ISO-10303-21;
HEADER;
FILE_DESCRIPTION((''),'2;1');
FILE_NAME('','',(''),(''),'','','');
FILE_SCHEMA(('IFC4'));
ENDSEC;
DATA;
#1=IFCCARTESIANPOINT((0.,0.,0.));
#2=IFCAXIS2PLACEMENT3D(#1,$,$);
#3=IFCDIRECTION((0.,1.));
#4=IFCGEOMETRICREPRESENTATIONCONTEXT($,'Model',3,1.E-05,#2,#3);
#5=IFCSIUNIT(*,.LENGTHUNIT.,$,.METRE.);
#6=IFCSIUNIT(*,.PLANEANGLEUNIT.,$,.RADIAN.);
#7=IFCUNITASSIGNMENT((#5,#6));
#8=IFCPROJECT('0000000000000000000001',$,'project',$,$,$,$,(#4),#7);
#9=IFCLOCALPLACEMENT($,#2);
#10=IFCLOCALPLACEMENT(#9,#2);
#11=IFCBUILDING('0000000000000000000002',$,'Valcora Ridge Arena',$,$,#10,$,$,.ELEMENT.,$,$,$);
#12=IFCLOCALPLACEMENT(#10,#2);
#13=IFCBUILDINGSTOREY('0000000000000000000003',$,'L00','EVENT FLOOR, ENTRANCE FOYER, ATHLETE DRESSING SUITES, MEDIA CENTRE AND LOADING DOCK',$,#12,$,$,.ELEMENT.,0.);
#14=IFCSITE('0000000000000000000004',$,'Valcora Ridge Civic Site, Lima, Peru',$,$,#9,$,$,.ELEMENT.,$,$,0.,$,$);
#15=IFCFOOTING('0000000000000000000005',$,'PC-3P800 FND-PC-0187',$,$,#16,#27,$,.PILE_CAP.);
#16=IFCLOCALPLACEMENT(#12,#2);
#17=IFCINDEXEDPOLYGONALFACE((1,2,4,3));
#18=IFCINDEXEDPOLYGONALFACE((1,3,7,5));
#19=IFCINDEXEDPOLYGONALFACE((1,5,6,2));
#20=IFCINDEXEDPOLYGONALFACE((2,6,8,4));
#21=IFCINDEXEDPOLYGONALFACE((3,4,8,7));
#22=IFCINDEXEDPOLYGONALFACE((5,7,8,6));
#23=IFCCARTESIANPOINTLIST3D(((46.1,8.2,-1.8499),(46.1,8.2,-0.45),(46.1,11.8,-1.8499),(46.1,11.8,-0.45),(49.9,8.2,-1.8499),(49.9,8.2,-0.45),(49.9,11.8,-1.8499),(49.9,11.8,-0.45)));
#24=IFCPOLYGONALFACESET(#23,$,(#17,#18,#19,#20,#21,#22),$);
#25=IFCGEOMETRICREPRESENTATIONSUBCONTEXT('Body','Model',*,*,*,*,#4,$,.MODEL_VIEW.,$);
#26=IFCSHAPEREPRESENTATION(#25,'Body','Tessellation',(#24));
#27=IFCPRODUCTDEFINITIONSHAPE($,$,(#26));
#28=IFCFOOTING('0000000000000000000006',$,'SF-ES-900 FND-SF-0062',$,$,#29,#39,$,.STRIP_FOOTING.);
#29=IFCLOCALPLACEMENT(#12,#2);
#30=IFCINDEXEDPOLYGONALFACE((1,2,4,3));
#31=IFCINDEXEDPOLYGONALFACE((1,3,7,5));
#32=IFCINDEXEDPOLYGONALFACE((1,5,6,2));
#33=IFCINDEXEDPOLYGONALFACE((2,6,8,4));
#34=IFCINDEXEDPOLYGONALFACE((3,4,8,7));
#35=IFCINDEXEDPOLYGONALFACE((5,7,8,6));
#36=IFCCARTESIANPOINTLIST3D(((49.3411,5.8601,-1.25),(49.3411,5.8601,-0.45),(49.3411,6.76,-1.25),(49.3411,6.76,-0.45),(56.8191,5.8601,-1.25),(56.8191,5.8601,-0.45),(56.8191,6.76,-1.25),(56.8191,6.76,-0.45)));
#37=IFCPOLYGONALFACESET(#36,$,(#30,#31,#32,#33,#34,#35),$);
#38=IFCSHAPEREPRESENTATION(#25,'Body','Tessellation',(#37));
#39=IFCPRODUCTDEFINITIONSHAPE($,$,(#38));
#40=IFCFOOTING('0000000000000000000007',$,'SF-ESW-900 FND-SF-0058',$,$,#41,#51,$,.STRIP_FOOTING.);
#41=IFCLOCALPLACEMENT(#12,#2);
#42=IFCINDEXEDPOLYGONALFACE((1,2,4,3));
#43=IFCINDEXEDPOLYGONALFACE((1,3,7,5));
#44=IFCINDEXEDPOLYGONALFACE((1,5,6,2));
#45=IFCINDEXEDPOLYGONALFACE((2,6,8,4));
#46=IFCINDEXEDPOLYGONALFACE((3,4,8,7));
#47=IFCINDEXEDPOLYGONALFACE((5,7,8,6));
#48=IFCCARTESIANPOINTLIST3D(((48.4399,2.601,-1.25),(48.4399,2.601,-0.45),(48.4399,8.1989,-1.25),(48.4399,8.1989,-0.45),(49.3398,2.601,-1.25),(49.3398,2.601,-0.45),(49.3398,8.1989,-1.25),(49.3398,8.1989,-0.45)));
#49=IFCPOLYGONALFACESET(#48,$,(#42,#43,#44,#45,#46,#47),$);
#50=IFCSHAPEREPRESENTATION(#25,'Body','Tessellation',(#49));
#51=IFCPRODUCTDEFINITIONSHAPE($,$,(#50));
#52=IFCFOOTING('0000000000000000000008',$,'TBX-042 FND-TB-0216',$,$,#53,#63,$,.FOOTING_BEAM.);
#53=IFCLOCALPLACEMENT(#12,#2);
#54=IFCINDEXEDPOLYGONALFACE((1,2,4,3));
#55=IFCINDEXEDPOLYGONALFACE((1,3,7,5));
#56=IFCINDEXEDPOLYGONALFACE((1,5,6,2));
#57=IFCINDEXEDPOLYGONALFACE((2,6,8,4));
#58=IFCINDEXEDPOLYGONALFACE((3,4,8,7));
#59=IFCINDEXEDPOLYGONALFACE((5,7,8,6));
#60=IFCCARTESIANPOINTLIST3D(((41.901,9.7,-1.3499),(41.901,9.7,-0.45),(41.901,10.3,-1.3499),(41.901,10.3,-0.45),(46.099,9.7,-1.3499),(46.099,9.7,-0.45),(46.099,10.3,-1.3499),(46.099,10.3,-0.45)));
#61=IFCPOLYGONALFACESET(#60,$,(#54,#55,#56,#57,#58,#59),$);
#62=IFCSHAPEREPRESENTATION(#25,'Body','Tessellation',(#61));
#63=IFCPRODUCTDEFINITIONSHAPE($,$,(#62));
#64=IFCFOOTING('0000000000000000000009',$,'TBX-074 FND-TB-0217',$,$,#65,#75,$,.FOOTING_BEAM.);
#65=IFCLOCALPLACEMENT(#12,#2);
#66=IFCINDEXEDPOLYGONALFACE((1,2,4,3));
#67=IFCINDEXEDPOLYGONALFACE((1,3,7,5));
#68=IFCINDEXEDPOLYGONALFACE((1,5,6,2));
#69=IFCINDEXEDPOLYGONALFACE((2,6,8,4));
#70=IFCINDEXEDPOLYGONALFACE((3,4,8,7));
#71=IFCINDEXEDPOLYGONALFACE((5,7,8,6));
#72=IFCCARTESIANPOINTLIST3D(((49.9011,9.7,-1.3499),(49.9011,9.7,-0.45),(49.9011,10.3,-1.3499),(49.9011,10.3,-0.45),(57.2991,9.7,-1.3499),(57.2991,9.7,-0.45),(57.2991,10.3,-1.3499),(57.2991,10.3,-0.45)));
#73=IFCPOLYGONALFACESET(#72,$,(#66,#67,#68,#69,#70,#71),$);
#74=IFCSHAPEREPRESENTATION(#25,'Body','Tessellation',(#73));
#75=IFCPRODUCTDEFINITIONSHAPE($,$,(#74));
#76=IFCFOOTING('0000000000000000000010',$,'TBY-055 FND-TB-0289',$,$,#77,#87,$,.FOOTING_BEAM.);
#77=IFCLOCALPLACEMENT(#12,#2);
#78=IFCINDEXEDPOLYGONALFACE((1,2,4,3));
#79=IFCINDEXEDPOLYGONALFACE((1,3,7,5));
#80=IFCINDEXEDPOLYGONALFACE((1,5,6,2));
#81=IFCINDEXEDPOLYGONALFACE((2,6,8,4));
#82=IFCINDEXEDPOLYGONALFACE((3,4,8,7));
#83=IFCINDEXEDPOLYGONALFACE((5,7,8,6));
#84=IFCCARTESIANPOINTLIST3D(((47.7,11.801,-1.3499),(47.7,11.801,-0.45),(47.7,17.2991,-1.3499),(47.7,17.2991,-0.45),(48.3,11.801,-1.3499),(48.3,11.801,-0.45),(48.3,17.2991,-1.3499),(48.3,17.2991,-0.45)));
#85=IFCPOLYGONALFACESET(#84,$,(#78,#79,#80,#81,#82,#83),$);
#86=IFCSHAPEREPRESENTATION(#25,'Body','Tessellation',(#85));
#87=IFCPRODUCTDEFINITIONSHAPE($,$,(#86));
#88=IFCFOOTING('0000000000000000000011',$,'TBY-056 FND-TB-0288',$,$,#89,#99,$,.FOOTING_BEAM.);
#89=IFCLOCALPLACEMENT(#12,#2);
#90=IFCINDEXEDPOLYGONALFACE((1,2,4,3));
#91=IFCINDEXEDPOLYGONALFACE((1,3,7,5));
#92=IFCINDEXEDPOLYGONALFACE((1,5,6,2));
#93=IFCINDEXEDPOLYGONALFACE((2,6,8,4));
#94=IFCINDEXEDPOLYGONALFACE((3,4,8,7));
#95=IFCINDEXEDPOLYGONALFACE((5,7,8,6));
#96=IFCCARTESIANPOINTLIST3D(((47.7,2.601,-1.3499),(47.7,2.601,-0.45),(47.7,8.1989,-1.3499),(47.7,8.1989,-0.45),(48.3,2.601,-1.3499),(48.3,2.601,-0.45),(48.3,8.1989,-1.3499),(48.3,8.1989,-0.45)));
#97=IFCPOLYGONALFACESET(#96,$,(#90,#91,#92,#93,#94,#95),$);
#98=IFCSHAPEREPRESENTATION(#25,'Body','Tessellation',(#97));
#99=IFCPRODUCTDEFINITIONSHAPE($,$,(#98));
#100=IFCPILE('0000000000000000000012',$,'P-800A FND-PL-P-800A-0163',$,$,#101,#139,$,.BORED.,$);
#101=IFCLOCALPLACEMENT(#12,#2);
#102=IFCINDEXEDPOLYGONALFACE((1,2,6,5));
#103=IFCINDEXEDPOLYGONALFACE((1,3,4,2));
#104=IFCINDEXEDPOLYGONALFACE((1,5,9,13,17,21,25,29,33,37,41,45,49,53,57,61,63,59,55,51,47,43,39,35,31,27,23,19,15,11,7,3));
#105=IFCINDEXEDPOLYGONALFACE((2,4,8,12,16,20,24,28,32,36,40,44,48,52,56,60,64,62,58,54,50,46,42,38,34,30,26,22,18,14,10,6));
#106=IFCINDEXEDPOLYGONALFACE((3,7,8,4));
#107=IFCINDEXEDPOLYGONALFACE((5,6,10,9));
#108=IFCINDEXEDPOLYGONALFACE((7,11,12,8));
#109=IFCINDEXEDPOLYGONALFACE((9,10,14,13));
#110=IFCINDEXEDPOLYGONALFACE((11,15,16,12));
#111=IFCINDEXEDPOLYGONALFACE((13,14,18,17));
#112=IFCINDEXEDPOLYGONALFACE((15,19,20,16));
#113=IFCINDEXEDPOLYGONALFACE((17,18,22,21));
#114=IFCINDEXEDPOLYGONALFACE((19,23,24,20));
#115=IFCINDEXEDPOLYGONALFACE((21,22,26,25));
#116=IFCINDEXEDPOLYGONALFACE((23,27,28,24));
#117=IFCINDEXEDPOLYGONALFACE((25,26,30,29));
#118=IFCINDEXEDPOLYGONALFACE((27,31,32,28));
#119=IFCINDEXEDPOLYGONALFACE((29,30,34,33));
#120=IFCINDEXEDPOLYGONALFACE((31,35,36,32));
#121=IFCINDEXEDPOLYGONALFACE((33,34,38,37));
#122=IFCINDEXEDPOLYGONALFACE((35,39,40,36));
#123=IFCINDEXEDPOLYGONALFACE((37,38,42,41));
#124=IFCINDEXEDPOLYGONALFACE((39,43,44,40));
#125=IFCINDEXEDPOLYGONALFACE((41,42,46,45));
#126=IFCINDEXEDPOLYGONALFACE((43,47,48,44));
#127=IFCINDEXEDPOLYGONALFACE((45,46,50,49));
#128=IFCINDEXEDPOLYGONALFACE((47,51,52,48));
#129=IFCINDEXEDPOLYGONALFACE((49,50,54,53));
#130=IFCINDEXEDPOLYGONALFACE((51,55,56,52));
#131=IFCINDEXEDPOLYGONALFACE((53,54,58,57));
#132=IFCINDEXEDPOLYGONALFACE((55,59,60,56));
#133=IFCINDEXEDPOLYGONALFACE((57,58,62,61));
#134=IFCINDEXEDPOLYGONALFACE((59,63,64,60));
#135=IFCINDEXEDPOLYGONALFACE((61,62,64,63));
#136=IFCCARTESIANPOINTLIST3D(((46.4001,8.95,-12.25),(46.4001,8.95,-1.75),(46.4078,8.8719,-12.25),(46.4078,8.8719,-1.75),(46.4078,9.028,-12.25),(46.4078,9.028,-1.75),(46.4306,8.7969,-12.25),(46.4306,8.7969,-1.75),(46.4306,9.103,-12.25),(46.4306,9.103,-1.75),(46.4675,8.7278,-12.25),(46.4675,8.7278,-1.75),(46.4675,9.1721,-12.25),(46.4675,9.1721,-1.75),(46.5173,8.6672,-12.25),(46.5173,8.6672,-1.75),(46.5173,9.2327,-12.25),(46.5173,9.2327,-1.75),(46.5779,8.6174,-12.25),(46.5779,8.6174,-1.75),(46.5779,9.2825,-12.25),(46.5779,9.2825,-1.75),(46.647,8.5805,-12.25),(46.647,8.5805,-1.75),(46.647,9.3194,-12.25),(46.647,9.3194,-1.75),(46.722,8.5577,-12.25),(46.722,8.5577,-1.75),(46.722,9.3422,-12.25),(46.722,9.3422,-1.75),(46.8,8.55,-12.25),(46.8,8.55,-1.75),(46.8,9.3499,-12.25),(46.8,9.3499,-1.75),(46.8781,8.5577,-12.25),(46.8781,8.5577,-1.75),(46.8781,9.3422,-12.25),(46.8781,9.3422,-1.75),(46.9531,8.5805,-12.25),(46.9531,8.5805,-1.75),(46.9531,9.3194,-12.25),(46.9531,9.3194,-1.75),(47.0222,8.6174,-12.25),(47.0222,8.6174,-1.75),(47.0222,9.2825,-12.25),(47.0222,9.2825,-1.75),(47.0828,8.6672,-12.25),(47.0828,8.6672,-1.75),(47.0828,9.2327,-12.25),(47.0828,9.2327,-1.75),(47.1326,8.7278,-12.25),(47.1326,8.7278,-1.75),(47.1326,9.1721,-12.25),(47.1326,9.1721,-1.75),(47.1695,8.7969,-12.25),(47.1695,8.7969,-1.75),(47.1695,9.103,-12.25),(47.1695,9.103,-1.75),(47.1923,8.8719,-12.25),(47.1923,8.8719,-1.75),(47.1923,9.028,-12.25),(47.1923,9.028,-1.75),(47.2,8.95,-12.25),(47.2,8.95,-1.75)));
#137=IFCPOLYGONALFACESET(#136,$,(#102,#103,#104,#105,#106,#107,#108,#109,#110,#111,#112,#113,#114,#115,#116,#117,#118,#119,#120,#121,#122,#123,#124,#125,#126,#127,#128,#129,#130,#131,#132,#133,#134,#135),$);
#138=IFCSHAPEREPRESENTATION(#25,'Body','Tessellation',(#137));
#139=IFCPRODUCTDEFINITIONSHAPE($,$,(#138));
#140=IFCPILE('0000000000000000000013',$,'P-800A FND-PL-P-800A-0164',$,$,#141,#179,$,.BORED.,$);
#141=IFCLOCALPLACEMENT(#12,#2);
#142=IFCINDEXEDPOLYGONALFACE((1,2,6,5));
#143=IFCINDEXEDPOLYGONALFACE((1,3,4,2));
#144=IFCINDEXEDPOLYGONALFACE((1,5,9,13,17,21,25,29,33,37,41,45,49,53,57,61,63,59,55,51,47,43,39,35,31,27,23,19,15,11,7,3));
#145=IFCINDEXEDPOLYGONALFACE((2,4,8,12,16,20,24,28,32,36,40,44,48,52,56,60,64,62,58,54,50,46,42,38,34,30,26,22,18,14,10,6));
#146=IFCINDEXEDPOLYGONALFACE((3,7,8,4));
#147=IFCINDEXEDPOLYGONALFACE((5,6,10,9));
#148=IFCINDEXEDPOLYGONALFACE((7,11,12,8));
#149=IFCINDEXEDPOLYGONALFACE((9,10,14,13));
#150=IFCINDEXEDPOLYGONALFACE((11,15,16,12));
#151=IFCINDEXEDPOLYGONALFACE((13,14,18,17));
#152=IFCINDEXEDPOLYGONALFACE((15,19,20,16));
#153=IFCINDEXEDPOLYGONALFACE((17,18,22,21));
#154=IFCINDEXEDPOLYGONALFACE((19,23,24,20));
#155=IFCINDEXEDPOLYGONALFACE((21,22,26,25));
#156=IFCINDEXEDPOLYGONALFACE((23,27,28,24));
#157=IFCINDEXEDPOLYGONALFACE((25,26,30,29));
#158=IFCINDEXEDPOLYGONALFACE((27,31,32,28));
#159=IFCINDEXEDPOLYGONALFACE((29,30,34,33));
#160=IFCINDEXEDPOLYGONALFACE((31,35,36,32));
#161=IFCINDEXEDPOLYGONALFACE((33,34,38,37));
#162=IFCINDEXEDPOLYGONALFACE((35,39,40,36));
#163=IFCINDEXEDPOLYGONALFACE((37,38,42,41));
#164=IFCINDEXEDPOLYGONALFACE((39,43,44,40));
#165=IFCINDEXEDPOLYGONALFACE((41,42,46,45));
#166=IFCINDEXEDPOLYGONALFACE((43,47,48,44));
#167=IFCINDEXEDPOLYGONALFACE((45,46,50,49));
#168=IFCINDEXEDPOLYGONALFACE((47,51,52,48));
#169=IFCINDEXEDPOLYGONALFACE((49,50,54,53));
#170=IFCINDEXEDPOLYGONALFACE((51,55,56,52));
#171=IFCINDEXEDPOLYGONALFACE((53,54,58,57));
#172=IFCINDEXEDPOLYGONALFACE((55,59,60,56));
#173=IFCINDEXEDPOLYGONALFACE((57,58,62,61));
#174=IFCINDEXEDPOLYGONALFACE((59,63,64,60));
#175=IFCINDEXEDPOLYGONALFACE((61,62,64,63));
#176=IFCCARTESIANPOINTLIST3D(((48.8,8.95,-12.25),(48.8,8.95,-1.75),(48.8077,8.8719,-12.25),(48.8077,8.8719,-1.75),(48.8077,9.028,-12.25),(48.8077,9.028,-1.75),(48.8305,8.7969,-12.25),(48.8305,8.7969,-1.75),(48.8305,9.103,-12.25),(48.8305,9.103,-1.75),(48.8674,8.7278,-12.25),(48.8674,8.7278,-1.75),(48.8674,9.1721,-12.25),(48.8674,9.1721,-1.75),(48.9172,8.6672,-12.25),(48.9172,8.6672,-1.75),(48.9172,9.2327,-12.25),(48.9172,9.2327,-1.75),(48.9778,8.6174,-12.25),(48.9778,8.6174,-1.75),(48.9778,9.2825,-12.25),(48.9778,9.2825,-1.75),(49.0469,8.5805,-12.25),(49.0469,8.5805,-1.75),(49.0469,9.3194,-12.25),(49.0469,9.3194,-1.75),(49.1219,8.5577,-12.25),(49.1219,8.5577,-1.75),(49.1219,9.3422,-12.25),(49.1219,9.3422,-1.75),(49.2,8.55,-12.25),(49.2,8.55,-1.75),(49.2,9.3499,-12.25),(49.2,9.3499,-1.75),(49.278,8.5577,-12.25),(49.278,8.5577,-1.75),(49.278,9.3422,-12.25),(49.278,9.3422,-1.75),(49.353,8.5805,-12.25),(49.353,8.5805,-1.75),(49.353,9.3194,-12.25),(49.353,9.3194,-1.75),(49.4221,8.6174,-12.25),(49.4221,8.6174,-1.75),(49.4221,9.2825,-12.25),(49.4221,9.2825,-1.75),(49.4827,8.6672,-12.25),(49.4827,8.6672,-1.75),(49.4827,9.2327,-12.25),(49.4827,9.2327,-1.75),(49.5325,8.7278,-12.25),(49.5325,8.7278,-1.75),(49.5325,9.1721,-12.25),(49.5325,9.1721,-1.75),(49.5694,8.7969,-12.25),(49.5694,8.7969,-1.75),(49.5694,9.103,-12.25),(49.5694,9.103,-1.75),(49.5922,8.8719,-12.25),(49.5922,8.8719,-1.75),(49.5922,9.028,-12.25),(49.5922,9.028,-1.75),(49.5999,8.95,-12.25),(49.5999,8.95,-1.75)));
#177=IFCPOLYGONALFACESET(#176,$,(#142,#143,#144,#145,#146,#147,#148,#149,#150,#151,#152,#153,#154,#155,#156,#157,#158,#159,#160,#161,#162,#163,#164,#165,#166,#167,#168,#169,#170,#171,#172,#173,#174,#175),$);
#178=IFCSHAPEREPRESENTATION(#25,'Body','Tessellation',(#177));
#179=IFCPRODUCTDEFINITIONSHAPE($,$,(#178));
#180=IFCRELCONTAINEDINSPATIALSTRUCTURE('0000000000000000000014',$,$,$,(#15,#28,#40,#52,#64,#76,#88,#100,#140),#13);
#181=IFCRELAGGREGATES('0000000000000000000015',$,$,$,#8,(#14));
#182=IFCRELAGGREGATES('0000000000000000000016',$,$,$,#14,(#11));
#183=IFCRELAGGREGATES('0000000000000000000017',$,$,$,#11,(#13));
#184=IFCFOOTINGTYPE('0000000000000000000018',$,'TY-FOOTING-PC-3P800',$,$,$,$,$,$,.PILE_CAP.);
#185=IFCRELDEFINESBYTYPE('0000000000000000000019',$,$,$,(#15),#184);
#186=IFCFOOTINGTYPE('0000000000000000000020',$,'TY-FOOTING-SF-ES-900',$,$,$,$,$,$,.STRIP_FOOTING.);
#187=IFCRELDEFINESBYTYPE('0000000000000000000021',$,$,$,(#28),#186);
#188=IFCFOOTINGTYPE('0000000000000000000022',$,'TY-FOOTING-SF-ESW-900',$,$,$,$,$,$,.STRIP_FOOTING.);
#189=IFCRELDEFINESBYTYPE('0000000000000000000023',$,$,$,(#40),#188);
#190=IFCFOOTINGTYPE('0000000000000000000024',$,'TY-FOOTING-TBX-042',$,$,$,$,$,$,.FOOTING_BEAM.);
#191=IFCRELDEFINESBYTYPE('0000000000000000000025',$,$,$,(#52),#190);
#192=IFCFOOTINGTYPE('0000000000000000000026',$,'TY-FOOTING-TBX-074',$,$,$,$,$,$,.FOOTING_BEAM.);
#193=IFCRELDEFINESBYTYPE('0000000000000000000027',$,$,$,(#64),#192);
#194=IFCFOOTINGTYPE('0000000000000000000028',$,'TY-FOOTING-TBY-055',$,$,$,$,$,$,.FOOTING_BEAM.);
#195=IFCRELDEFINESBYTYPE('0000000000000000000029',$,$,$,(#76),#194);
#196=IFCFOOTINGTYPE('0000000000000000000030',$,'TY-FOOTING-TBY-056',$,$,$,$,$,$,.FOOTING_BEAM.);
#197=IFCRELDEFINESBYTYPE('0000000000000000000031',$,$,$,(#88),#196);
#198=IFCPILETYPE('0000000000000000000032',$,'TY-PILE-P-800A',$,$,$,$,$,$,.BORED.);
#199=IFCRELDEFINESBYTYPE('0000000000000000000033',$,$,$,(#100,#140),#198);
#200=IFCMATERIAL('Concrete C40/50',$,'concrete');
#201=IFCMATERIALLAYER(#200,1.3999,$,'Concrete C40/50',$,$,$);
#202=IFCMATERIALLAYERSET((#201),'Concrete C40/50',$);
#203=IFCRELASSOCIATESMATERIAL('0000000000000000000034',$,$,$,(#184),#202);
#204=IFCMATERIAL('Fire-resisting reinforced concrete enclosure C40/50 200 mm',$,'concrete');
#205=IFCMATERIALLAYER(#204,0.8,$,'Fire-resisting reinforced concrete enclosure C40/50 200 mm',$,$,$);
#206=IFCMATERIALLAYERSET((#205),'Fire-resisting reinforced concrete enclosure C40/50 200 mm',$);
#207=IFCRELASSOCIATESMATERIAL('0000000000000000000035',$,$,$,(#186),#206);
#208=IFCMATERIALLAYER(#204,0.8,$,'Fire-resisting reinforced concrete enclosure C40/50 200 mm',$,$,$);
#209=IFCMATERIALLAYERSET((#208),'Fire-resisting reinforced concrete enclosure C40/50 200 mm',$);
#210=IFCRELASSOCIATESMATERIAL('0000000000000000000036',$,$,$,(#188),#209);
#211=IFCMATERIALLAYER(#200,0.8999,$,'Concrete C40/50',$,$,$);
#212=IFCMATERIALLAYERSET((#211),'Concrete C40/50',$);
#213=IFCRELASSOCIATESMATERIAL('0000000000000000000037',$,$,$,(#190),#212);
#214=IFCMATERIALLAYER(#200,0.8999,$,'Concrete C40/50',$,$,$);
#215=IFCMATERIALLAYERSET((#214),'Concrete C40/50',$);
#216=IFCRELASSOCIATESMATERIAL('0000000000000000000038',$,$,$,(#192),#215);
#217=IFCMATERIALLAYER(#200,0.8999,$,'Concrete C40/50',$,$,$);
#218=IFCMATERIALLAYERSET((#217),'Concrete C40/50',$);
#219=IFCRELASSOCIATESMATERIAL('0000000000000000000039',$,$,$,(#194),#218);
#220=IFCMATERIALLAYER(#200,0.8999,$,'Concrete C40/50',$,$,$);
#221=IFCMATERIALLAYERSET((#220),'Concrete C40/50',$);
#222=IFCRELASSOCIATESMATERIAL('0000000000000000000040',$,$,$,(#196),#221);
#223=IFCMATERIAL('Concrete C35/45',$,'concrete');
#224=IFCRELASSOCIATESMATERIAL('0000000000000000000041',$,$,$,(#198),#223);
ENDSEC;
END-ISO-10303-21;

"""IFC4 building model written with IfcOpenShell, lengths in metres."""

from ifc_helpers import new_model, si_unit, direction, frame, origin, origin_2d, place, context, subcontext, project, spatial, rectangle, circle, extrude, material, layer, layer_set, material_profile, profile_set, type_object, element, save


model = new_model("IFC4")

# Units and contexts
model_context = context("Model", 3, precision=1e-05, world=origin(), true_north=direction((0.0, 1.0)))
body_context = subcontext(model_context, "Body", "Model", "MODEL_VIEW")
ifc_project = project(units=[si_unit("LENGTHUNIT", "METRE"), si_unit("PLANEANGLEUNIT", "RADIAN")], contexts=[model_context])

# Site, building, storey
site_placement = place(None, origin())
site = spatial("IfcSite", under=ifc_project, at=site_placement, Name="Valcora Ridge Civic Site, Lima, Peru", CompositionType="ELEMENT", RefElevation=0.0)
building_placement = place(site_placement, origin())
building = spatial("IfcBuilding", under=site, at=building_placement, Name="Valcora Ridge Arena", CompositionType="ELEMENT")
storey_placement = place(building_placement, origin())
storey = spatial("IfcBuildingStorey", under=building, at=storey_placement, Name="L00", Description="EVENT FLOOR, ENTRANCE FOYER, ATHLETE DRESSING SUITES, MEDIA CENTRE AND LOADING DOCK", CompositionType="ELEMENT", Elevation=0.0)

# Footings
ifc_material_1 = material(Name="Concrete C40/50", Category="concrete")
ifc_layer_1 = layer(ifc_material_1, 1.3999, Name="Concrete C40/50")
ifc_layer_set_1 = layer_set([ifc_layer_1], Name="Concrete C40/50")
footing_type_1 = type_object("IfcFootingType", Name="TY-FOOTING-PC-3P800", PredefinedType="PILE_CAP", material=ifc_layer_set_1)
footing_1_placement = place(storey_placement, frame((48.0, 10.0, -1.8499), z_axis=(0.0, 0.0, 1.0), x_axis=(1.0, 0.0, 0.0)))
element("IfcFooting", 1, at=footing_1_placement, inside=storey, type_object=footing_type_1, Name="PC-3P800 FND-PC-0187", PredefinedType="PILE_CAP", context=body_context, shape_type="SweptSolid", body=[
    extrude(rectangle(XDim=3.8, YDim=3.6001, at=origin_2d()), origin(), (0.0, 0.0, 1.0), 1.3999),
])
ifc_material_2 = material(Name="Fire-resisting reinforced concrete enclosure C40/50 200 mm", Category="concrete")
ifc_layer_2 = layer(ifc_material_2, 0.8, Name="Fire-resisting reinforced concrete enclosure C40/50 200 mm")
ifc_layer_set_2 = layer_set([ifc_layer_2], Name="Fire-resisting reinforced concrete enclosure C40/50 200 mm")
footing_type_2 = type_object("IfcFootingType", Name="TY-FOOTING-SF-ES-900", PredefinedType="STRIP_FOOTING", material=ifc_layer_set_2)
footing_2_placement = place(storey_placement, frame((53.0801, 6.3101, -1.25), z_axis=(0.0, 0.0, 1.0), x_axis=(1.0, 0.0, 0.0)))
element("IfcFooting", 2, at=footing_2_placement, inside=storey, type_object=footing_type_2, Name="SF-ES-900 FND-SF-0062", PredefinedType="STRIP_FOOTING", context=body_context, shape_type="SweptSolid", body=[
    extrude(rectangle(XDim=7.478, YDim=0.8999, at=origin_2d()), origin(), (0.0, 0.0, 1.0), 0.8),
])
ifc_layer_3 = layer(ifc_material_2, 0.8, Name="Fire-resisting reinforced concrete enclosure C40/50 200 mm")
ifc_layer_set_3 = layer_set([ifc_layer_3], Name="Fire-resisting reinforced concrete enclosure C40/50 200 mm")
footing_type_3 = type_object("IfcFootingType", Name="TY-FOOTING-SF-ESW-900", PredefinedType="STRIP_FOOTING", material=ifc_layer_set_3)
footing_3_placement = place(storey_placement, frame((48.8899, 5.3999, -1.25), z_axis=(0.0, 0.0, 1.0), x_axis=(1.0, 0.0, 0.0)))
element("IfcFooting", 3, at=footing_3_placement, inside=storey, type_object=footing_type_3, Name="SF-ESW-900 FND-SF-0058", PredefinedType="STRIP_FOOTING", context=body_context, shape_type="SweptSolid", body=[
    extrude(rectangle(XDim=0.8999, YDim=5.5979, at=origin_2d()), origin(), (0.0, 0.0, 1.0), 0.8),
])
ifc_layer_4 = layer(ifc_material_1, 0.8999, Name="Concrete C40/50")
ifc_layer_set_4 = layer_set([ifc_layer_4], Name="Concrete C40/50")
footing_type_4 = type_object("IfcFootingType", Name="TY-FOOTING-TBX-042", PredefinedType="FOOTING_BEAM", material=ifc_layer_set_4)
footing_4_placement = place(storey_placement, frame((44.0, 10.0, -1.3499), z_axis=(0.0, 0.0, 1.0), x_axis=(1.0, 0.0, 0.0)))
element("IfcFooting", 4, at=footing_4_placement, inside=storey, type_object=footing_type_4, Name="TBX-042 FND-TB-0216", PredefinedType="FOOTING_BEAM", context=body_context, shape_type="SweptSolid", body=[
    extrude(rectangle(XDim=4.198, YDim=0.6001, at=origin_2d()), origin(), (0.0, 0.0, 1.0), 0.8999),
])
ifc_layer_5 = layer(ifc_material_1, 0.8999, Name="Concrete C40/50")
ifc_layer_set_5 = layer_set([ifc_layer_5], Name="Concrete C40/50")
footing_type_5 = type_object("IfcFootingType", Name="TY-FOOTING-TBX-074", PredefinedType="FOOTING_BEAM", material=ifc_layer_set_5)
footing_5_placement = place(storey_placement, frame((53.6001, 10.0, -1.3499), z_axis=(0.0, 0.0, 1.0), x_axis=(1.0, 0.0, 0.0)))
element("IfcFooting", 5, at=footing_5_placement, inside=storey, type_object=footing_type_5, Name="TBX-074 FND-TB-0217", PredefinedType="FOOTING_BEAM", context=body_context, shape_type="SweptSolid", body=[
    extrude(rectangle(XDim=7.3979, YDim=0.6001, at=origin_2d()), origin(), (0.0, 0.0, 1.0), 0.8999),
])
ifc_layer_6 = layer(ifc_material_1, 0.8999, Name="Concrete C40/50")
ifc_layer_set_6 = layer_set([ifc_layer_6], Name="Concrete C40/50")
footing_type_6 = type_object("IfcFootingType", Name="TY-FOOTING-TBY-055", PredefinedType="FOOTING_BEAM", material=ifc_layer_set_6)
footing_6_placement = place(storey_placement, frame((48.0, 14.55, -1.3499), z_axis=(0.0, 0.0, 1.0), x_axis=(1.0, 0.0, 0.0)))
element("IfcFooting", 6, at=footing_6_placement, inside=storey, type_object=footing_type_6, Name="TBY-055 FND-TB-0289", PredefinedType="FOOTING_BEAM", context=body_context, shape_type="SweptSolid", body=[
    extrude(rectangle(XDim=0.6001, YDim=5.498, at=origin_2d()), origin(), (0.0, 0.0, 1.0), 0.8999),
])
ifc_layer_7 = layer(ifc_material_1, 0.8999, Name="Concrete C40/50")
ifc_layer_set_7 = layer_set([ifc_layer_7], Name="Concrete C40/50")
footing_type_7 = type_object("IfcFootingType", Name="TY-FOOTING-TBY-056", PredefinedType="FOOTING_BEAM", material=ifc_layer_set_7)
footing_7_placement = place(storey_placement, frame((48.0, 5.3999, -1.3499), z_axis=(0.0, 0.0, 1.0), x_axis=(1.0, 0.0, 0.0)))
element("IfcFooting", 7, at=footing_7_placement, inside=storey, type_object=footing_type_7, Name="TBY-056 FND-TB-0288", PredefinedType="FOOTING_BEAM", context=body_context, shape_type="SweptSolid", body=[
    extrude(rectangle(XDim=0.6001, YDim=5.5979, at=origin_2d()), origin(), (0.0, 0.0, 1.0), 0.8999),
])

# Piles
ifc_material_3 = material(Name="Concrete C35/45", Category="concrete")
ifc_material_profile_1 = material_profile(ifc_material_3, circle(Radius=0.3999, at=origin_2d()), Name="BORED PILE D800")
ifc_profile_set_1 = profile_set([ifc_material_profile_1], Name="Concrete C35/45")
pile_type = type_object("IfcPileType", Name="TY-PILE-P-800A", PredefinedType="BORED", material=ifc_profile_set_1)
for number, where, z_axis, x_axis, name in (
    (8, (46.8, 8.95, -1.75), (0.0, 0.0, -1.0), (1.0, 0.0, 0.0), "P-800A FND-PL-P-800A-0163"),
    (9, (49.2, 8.95, -1.75), (0.0, 0.0, -1.0), (1.0, 0.0, 0.0), "P-800A FND-PL-P-800A-0164"),
):
    element("IfcPile", number, at=place(storey_placement, frame(where, z_axis=z_axis, x_axis=x_axis)), inside=storey, type_object=pile_type, Name=name, PredefinedType="BORED", context=body_context, shape_type="SweptSolid", body=[
        extrude(circle(Radius=0.3999, at=origin_2d()), origin(), (0.0, 0.0, 1.0), 10.5),
    ])

save(model, "model.ifc")
